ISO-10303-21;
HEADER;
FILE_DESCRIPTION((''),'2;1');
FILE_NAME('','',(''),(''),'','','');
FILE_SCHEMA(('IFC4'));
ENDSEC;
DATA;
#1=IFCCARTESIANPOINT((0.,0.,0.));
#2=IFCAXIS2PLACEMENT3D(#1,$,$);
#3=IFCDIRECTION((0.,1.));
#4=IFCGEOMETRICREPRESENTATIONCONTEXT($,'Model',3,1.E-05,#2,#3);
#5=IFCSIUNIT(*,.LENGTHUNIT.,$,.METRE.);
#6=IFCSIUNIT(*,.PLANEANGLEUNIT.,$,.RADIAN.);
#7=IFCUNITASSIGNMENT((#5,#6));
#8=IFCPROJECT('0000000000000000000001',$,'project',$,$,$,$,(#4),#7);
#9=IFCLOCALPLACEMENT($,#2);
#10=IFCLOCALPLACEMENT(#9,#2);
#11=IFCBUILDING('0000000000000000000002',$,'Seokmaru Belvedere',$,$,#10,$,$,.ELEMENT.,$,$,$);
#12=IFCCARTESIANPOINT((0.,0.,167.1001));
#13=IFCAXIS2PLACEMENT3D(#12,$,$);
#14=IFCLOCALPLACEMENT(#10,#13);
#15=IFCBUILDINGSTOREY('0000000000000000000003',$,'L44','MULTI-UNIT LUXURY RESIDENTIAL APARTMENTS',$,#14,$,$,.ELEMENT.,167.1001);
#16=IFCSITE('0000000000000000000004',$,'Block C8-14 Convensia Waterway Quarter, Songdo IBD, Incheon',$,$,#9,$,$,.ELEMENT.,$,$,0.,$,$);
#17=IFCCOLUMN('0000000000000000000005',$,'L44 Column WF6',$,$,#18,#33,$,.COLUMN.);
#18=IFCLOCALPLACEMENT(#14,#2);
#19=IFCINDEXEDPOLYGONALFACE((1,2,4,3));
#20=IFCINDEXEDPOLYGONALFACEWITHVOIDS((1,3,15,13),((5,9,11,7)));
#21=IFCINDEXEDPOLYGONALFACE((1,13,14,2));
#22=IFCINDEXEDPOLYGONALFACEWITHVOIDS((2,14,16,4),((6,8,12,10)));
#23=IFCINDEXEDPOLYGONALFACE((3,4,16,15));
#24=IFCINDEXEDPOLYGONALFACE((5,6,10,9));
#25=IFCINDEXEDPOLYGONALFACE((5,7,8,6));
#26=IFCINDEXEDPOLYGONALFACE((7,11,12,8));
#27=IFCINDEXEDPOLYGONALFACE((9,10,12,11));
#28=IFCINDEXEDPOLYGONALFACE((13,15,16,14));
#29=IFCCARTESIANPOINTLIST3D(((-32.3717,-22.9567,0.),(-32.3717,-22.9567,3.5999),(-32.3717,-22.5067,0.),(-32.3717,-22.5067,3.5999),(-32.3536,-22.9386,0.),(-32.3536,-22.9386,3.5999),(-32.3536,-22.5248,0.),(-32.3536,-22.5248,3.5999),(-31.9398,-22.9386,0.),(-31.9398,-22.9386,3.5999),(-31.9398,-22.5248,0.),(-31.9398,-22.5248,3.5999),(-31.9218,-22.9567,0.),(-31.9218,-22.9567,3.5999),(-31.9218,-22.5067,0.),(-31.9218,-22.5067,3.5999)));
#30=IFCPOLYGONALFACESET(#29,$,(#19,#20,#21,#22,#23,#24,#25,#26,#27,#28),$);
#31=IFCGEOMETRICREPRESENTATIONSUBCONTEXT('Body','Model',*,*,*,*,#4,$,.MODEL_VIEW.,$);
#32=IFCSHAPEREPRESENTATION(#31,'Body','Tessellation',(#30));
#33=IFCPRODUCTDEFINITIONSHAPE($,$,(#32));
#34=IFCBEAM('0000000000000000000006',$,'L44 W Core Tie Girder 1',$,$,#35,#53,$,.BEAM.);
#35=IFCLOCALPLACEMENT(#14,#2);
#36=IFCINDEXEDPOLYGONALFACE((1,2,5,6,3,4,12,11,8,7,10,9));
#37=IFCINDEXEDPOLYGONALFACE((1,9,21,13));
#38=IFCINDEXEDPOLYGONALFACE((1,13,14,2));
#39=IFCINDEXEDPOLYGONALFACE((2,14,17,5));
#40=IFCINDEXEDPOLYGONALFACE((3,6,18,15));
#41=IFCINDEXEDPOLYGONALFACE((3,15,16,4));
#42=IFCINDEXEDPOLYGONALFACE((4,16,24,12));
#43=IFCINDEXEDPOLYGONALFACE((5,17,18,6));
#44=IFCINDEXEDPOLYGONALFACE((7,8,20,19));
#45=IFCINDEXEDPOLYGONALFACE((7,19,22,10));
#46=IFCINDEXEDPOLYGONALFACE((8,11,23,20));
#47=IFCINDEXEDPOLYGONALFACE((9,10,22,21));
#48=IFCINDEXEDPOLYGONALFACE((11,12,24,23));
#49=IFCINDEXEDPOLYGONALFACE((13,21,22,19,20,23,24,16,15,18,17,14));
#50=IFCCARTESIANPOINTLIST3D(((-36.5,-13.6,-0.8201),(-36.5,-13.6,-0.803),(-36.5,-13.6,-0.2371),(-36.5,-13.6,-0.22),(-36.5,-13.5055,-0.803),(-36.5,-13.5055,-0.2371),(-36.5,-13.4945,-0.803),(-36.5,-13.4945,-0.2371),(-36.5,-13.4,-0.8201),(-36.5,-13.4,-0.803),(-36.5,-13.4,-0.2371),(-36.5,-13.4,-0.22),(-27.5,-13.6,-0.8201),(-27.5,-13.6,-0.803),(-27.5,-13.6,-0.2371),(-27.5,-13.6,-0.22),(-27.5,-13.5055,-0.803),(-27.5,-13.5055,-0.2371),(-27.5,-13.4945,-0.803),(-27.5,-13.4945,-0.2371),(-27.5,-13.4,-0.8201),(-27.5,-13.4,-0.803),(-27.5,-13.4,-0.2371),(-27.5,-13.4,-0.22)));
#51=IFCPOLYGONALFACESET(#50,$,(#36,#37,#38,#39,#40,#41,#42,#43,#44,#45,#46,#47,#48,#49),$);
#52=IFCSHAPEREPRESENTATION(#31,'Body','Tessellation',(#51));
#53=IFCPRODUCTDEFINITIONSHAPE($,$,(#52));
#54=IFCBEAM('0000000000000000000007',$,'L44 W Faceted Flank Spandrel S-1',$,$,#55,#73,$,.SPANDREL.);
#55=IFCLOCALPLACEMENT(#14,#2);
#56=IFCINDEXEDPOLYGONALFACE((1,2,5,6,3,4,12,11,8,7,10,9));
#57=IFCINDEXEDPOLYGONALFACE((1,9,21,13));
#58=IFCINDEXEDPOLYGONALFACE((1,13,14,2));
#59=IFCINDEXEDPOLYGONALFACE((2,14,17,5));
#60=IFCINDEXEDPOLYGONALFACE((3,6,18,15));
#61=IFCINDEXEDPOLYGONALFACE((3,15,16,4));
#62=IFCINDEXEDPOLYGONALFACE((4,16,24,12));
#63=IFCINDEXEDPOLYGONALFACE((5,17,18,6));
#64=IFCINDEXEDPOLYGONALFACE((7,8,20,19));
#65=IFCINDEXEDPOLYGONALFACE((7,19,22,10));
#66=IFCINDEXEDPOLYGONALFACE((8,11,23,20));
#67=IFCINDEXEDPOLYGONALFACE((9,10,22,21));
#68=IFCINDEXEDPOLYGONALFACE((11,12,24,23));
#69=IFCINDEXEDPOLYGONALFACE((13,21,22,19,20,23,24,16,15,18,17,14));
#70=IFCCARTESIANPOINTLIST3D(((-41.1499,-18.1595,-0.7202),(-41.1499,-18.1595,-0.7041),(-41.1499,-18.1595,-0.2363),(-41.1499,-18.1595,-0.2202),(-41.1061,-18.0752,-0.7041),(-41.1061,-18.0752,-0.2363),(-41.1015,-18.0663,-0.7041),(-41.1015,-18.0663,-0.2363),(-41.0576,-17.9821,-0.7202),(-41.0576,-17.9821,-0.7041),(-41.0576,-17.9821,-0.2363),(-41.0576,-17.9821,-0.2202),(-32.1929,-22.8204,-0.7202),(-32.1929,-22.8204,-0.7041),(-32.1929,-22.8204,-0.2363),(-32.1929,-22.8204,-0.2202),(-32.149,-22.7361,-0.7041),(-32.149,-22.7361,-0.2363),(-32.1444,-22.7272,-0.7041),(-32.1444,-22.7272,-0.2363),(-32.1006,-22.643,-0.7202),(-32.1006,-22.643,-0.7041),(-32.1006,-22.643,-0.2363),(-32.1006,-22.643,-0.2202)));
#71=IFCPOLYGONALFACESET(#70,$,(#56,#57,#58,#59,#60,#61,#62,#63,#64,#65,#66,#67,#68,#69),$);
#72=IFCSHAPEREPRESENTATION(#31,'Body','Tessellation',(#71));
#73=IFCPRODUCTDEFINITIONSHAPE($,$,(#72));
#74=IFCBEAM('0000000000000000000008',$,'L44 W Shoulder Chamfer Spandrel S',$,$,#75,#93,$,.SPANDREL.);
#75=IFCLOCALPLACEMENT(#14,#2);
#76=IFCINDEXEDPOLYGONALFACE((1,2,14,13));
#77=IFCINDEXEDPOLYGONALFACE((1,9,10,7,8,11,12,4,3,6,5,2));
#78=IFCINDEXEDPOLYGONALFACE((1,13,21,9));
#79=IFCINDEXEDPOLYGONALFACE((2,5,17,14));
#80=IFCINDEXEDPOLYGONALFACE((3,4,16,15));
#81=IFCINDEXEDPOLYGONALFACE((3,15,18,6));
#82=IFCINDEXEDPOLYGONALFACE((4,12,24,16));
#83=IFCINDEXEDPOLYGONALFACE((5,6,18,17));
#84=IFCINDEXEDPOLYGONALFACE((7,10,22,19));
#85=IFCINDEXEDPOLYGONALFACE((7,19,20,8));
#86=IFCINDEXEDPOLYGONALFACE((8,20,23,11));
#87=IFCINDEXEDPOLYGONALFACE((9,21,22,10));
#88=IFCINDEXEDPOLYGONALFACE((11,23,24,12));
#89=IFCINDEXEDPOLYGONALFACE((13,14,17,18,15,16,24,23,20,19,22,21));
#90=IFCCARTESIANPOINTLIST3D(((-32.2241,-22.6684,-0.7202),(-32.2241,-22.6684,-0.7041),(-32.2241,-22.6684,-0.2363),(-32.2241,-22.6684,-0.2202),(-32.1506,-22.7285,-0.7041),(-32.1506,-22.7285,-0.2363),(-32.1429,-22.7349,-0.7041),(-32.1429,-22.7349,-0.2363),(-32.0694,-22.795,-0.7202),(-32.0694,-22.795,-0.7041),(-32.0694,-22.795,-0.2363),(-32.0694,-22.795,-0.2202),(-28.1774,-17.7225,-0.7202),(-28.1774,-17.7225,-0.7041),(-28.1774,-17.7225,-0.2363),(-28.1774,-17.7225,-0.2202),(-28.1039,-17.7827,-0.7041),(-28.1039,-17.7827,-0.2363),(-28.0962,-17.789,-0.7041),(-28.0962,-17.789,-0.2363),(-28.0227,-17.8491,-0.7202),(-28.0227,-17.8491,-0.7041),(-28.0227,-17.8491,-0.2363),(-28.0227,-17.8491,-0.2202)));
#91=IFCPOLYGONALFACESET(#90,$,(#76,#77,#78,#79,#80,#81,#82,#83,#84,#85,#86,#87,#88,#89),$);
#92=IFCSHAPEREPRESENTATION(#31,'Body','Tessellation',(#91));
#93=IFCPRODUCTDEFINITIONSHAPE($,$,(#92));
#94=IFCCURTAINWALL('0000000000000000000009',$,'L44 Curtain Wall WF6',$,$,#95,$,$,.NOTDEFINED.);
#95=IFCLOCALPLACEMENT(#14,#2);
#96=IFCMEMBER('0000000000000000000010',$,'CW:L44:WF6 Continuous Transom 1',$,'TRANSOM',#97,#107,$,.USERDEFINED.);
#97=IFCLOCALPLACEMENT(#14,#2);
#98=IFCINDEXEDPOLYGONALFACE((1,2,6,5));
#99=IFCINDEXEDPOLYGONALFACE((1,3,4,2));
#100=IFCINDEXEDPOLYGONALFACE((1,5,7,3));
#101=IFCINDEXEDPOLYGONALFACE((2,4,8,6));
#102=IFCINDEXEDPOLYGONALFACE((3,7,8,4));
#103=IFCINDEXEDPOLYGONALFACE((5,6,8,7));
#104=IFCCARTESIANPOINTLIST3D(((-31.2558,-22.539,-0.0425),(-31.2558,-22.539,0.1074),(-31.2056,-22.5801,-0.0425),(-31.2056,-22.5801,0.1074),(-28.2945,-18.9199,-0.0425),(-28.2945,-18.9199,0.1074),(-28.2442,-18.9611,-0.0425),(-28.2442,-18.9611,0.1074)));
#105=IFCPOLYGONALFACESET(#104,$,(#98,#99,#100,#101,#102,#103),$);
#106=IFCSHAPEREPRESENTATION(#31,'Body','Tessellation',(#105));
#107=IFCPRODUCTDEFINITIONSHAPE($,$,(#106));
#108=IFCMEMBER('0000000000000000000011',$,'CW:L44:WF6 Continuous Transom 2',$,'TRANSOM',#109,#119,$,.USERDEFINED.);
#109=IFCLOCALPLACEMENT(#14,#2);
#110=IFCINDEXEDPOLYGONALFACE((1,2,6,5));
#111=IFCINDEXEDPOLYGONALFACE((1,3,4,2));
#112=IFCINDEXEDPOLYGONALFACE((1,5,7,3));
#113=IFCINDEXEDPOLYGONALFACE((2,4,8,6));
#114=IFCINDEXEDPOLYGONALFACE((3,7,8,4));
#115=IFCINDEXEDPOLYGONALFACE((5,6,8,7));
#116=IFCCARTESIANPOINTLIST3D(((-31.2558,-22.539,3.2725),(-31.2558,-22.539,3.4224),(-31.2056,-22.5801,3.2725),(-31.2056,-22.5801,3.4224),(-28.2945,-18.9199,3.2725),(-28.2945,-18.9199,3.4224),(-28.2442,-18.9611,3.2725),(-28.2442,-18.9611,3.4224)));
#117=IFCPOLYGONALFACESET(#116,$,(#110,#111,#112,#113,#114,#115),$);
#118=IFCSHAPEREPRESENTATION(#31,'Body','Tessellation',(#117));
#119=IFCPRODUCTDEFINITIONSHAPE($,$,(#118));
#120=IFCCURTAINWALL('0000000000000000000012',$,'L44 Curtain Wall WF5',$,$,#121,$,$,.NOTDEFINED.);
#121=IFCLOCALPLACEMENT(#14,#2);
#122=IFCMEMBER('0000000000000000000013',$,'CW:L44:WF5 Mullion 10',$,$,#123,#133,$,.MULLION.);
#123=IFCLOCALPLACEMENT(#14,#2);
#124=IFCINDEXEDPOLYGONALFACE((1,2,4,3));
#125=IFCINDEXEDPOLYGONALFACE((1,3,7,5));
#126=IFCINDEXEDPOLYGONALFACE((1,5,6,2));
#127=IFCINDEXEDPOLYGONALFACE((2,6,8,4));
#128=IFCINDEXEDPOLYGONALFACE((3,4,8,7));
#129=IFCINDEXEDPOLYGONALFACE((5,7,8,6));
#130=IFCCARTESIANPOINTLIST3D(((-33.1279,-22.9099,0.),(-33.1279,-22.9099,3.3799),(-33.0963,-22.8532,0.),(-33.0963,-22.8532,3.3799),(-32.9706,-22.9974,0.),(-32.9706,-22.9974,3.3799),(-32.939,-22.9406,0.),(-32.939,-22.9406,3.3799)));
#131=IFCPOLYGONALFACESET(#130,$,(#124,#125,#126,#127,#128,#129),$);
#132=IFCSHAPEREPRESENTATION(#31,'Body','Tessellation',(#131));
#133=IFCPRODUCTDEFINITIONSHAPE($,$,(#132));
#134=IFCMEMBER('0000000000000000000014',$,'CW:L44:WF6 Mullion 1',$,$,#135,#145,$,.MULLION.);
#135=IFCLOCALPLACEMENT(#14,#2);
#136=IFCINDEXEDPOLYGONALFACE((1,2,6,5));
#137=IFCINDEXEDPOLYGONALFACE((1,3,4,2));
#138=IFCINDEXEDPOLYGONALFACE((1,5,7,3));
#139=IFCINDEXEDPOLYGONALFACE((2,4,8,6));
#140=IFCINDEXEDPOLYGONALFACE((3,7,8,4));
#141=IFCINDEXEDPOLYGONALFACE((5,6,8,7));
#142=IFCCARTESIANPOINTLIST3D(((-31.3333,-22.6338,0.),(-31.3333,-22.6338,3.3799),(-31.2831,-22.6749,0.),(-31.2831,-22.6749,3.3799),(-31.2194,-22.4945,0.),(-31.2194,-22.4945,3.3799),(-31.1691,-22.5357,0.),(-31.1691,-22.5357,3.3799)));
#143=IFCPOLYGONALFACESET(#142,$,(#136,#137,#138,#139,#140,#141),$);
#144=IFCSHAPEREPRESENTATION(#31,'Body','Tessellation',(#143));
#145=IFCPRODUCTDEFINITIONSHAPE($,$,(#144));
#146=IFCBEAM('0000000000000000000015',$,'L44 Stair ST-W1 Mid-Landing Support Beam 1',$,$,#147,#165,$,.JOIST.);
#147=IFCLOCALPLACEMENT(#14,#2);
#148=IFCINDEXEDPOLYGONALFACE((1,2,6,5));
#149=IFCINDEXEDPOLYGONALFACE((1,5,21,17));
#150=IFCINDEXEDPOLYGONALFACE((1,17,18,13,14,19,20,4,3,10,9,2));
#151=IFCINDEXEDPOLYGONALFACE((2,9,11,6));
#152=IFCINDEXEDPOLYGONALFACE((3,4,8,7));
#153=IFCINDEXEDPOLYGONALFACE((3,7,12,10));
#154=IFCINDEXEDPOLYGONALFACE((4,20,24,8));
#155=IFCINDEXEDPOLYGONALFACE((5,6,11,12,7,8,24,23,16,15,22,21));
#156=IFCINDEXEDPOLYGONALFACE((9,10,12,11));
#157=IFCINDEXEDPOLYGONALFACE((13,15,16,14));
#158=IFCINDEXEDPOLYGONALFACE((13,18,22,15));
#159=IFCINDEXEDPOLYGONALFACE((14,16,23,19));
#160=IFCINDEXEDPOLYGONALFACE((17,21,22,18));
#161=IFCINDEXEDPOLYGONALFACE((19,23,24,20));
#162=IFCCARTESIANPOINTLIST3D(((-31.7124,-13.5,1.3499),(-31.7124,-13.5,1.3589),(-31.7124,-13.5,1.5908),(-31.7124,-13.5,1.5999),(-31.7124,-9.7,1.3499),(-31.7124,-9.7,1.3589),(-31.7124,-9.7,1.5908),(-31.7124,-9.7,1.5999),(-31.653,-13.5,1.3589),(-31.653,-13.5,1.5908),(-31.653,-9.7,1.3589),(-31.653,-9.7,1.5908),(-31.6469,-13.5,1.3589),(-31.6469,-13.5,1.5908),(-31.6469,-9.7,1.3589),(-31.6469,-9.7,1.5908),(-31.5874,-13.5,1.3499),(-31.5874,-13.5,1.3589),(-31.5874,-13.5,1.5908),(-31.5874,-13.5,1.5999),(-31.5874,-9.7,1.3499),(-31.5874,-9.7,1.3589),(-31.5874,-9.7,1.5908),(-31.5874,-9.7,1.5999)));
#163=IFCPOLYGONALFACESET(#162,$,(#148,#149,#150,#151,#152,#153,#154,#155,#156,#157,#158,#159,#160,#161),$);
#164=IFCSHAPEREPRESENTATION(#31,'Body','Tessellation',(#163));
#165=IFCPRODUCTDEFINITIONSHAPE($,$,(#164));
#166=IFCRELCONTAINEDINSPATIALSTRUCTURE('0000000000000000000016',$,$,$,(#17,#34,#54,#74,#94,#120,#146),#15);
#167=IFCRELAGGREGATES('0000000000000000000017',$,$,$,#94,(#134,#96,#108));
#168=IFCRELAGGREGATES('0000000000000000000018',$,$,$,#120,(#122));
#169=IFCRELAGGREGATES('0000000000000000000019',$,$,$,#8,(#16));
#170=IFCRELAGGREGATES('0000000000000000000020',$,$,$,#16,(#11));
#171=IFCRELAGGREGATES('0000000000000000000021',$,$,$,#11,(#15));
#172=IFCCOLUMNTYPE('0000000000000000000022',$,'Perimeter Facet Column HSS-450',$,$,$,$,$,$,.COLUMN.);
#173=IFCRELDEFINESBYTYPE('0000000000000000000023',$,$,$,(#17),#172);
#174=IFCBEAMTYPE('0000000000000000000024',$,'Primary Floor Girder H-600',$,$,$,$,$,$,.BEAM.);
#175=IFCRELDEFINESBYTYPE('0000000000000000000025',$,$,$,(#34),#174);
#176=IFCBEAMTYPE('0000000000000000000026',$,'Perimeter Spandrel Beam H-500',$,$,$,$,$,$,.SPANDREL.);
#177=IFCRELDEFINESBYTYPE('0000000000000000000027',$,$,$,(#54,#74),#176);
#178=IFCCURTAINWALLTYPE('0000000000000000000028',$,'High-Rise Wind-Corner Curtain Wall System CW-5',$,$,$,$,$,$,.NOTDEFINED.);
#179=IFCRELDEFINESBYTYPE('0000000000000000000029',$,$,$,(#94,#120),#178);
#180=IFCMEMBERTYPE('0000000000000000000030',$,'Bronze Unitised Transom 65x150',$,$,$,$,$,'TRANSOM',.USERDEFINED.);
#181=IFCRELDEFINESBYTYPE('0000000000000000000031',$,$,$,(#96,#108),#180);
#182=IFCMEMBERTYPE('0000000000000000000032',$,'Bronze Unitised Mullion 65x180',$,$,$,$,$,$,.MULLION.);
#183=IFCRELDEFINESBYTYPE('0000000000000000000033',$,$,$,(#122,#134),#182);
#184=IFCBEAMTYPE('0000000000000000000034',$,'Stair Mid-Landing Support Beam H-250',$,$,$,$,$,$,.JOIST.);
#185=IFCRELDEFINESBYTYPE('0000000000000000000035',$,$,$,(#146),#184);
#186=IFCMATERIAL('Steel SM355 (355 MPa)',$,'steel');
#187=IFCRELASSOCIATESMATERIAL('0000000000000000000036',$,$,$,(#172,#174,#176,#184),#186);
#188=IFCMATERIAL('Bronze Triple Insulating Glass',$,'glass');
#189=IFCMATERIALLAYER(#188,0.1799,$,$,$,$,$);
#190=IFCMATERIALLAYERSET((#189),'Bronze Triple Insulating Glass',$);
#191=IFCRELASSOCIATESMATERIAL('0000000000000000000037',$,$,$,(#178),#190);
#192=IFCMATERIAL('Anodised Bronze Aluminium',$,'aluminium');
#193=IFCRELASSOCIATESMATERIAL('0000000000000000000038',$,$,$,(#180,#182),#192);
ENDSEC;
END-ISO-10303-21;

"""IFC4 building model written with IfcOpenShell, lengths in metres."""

from ifc_helpers import new_model, si_unit, direction, frame, origin, origin_2d, place, context, subcontext, project, spatial, rectangle, hollow_rectangle, i_section, extrude, source, transform, mapped, material, layer, layer_set, material_profile, profile_set, type_object, type_shapes, element, aggregate, save


model = new_model("IFC4")

# Units and contexts
model_context = context("Model", 3, precision=1e-05, world=origin(), true_north=direction((0.0, 1.0)))
body_context = subcontext(model_context, "Body", "Model", "MODEL_VIEW")
ifc_project = project(units=[si_unit("LENGTHUNIT", "METRE"), si_unit("PLANEANGLEUNIT", "RADIAN")], contexts=[model_context])

# Site, building, storey
site_placement = place(None, origin())
site = spatial("IfcSite", under=ifc_project, at=site_placement, Name="Block C8-14 Convensia Waterway Quarter, Songdo IBD, Incheon", CompositionType="ELEMENT", RefElevation=0.0)
building_placement = place(site_placement, origin())
building = spatial("IfcBuilding", under=site, at=building_placement, Name="Seokmaru Belvedere", CompositionType="ELEMENT")
storey_placement = place(building_placement, frame((0.0, 0.0, 167.1001)))
storey = spatial("IfcBuildingStorey", under=building, at=storey_placement, Name="L44", Description="MULTI-UNIT LUXURY RESIDENTIAL APARTMENTS", CompositionType="ELEMENT", Elevation=167.1001)

# Column
ifc_material_1 = material(Name="Steel SM355 (355 MPa)", Category="steel")
ifc_material_profile_1 = material_profile(ifc_material_1, hollow_rectangle(XDim=0.45, YDim=0.45, WallThickness=0.0181, at=origin_2d()), Name="HSS-450x450x18")
ifc_profile_set_1 = profile_set([ifc_material_profile_1], Name="Steel SM355 (355 MPa)")
column_type = type_object("IfcColumnType", Name="Perimeter Facet Column HSS-450", PredefinedType="COLUMN", material=ifc_profile_set_1)
shared_shape_1 = source(origin(), body_context, "Body", "SweptSolid", [
    extrude(hollow_rectangle(XDim=0.45, YDim=0.45, WallThickness=0.0181, at=origin_2d()), origin(), (0.0, 0.0, 1.0), 3.5999),
])
type_shapes(column_type, [shared_shape_1])
column_placement = place(storey_placement, frame((-32.1467, -22.7317, 0.0), z_axis=(0.0, 0.0, 1.0), x_axis=(1.0, 0.0, 0.0)))
element("IfcColumn", 1, at=column_placement, inside=storey, type_object=column_type, Name="L44 Column WF6", PredefinedType="COLUMN", context=body_context, shape_type="MappedRepresentation", body=[
    mapped(shared_shape_1, transform((0.0, 0.0, 0.0), scale=1.0)),
])

# Beams
ifc_material_profile_2 = material_profile(ifc_material_1, i_section(OverallWidth=0.2, OverallDepth=0.6001, WebThickness=0.011, FlangeThickness=0.0171, at=origin_2d()), Name="H-600x200x11x17")
ifc_profile_set_2 = profile_set([ifc_material_profile_2], Name="Steel SM355 (355 MPa)")
beam_type_1 = type_object("IfcBeamType", Name="Primary Floor Girder H-600", PredefinedType="BEAM", material=ifc_profile_set_2)
shared_shape_2 = source(origin(), body_context, "Body", "SweptSolid", [
    extrude(i_section(OverallWidth=0.2, OverallDepth=0.6001, WebThickness=0.011, FlangeThickness=0.0171, at=origin_2d()), origin(), (0.0, 0.0, 1.0), 9.0),
])
type_shapes(beam_type_1, [shared_shape_2])
beam_1_placement = place(storey_placement, frame((-36.5, -13.5, -0.52), z_axis=(1.0, 0.0, 0.0), x_axis=(0.0, 1.0, 0.0)))
element("IfcBeam", 2, at=beam_1_placement, inside=storey, type_object=beam_type_1, Name="L44 W Core Tie Girder 1", PredefinedType="BEAM", context=body_context, shape_type="MappedRepresentation", body=[
    mapped(shared_shape_2, transform((0.0, 0.0, 0.0), scale=1.0)),
])
ifc_material_profile_3 = material_profile(ifc_material_1, i_section(OverallWidth=0.2, OverallDepth=0.5, WebThickness=0.01, FlangeThickness=0.0161, at=origin_2d()), Name="H-500x200x10x16")
ifc_profile_set_3 = profile_set([ifc_material_profile_3], Name="Steel SM355 (355 MPa)")
beam_type_2 = type_object("IfcBeamType", Name="Perimeter Spandrel Beam H-500", PredefinedType="SPANDREL", material=ifc_profile_set_3)
shared_shape_3 = source(origin(), body_context, "Body", "SweptSolid", [
    extrude(i_section(OverallWidth=0.2, OverallDepth=0.5, WebThickness=0.01, FlangeThickness=0.0161, at=origin_2d()), origin(), (0.0, 0.0, 1.0), 10.0972),
])
beam_2_placement = place(storey_placement, frame((-32.1467, -22.7317, -0.4702), z_axis=(-0.887086, 0.461605, 0.0), x_axis=(-0.461605, -0.887086, 0.0)))
element("IfcBeam", 3, at=beam_2_placement, inside=storey, type_object=beam_type_2, Name="L44 W Faceted Flank Spandrel S-1", PredefinedType="SPANDREL", context=body_context, shape_type="MappedRepresentation", body=[
    mapped(shared_shape_3, transform((0.0, 0.0, 0.0), scale=1.0)),
])
shared_shape_4 = source(origin(), body_context, "Body", "SweptSolid", [
    extrude(i_section(OverallWidth=0.2, OverallDepth=0.5, WebThickness=0.01, FlangeThickness=0.0161, at=origin_2d()), origin(), (0.0, 0.0, 1.0), 6.3904),
])
type_shapes(beam_type_2, [shared_shape_3, shared_shape_4])
beam_3_placement = place(storey_placement, frame((-32.1467, -22.7317, -0.4702), z_axis=(0.633244, 0.773952, 0.0), x_axis=(-0.773952, 0.633244, 0.0)))
element("IfcBeam", 4, at=beam_3_placement, inside=storey, type_object=beam_type_2, Name="L44 W Shoulder Chamfer Spandrel S", PredefinedType="SPANDREL", context=body_context, shape_type="MappedRepresentation", body=[
    mapped(shared_shape_4, transform((0.0, 0.0, 0.0), scale=1.0)),
])

# Curtain wall, members
ifc_material_2 = material(Name="Bronze Triple Insulating Glass", Category="glass")
ifc_layer_1 = layer(ifc_material_2, 0.1799)
ifc_layer_set_1 = layer_set([ifc_layer_1], Name="Bronze Triple Insulating Glass")
curtain_wall_type = type_object("IfcCurtainWallType", Name="High-Rise Wind-Corner Curtain Wall System CW-5", PredefinedType="NOTDEFINED", material=ifc_layer_set_1)
curtain_wall_1_placement = place(storey_placement, origin())
curtain_wall_1 = element("IfcCurtainWall", 5, at=curtain_wall_1_placement, inside=storey, type_object=curtain_wall_type, Name="L44 Curtain Wall WF6", PredefinedType="NOTDEFINED")
ifc_material_3 = material(Name="Anodised Bronze Aluminium", Category="aluminium")
ifc_material_profile_4 = material_profile(ifc_material_3, rectangle(XDim=0.0649, YDim=0.1499, at=origin_2d()), Name="CW-T-65x150")
ifc_profile_set_4 = profile_set([ifc_material_profile_4], Name="Anodised Bronze Aluminium")
member_type_1 = type_object("IfcMemberType", Name="Bronze Unitised Transom 65x150", ElementType="TRANSOM", PredefinedType="USERDEFINED", material=ifc_profile_set_4)
shared_shape_5 = source(origin(), body_context, "Body", "SweptSolid", [
    extrude(rectangle(XDim=0.0649, YDim=0.1499, at=origin_2d()), origin(), (0.0, 0.0, 1.0), 4.6763),
])
type_shapes(member_type_1, [shared_shape_5])
member_1_placement = place(storey_placement, frame((-31.2307, -22.5596, 0.0325), z_axis=(0.633278, 0.773925, 0.0), x_axis=(-0.773925, 0.633278, 0.0)))
member_1 = element("IfcMember", 6, at=member_1_placement, type_object=member_type_1, Name="CW:L44:WF6 Continuous Transom 1", ObjectType="TRANSOM", PredefinedType="USERDEFINED", context=body_context, shape_type="MappedRepresentation", body=[
    mapped(shared_shape_5, transform((0.0, 0.0, 0.0), scale=1.0)),
])
member_2_placement = place(storey_placement, frame((-31.2307, -22.5596, 3.3474), z_axis=(0.633278, 0.773925, 0.0), x_axis=(-0.773925, 0.633278, 0.0)))
member_2 = element("IfcMember", 7, at=member_2_placement, type_object=member_type_1, Name="CW:L44:WF6 Continuous Transom 2", ObjectType="TRANSOM", PredefinedType="USERDEFINED", context=body_context, shape_type="MappedRepresentation", body=[
    mapped(shared_shape_5, transform((0.0, 0.0, 0.0), scale=1.0)),
])

# Curtain wall, member
curtain_wall_2_placement = place(storey_placement, origin())
curtain_wall_2 = element("IfcCurtainWall", 8, at=curtain_wall_2_placement, inside=storey, type_object=curtain_wall_type, Name="L44 Curtain Wall WF5", PredefinedType="NOTDEFINED")
ifc_material_profile_5 = material_profile(ifc_material_3, rectangle(XDim=0.0649, YDim=0.1799, at=origin_2d()), Name="CW-M-65x180")
ifc_profile_set_5 = profile_set([ifc_material_profile_5], Name="Anodised Bronze Aluminium")
member_type_2 = type_object("IfcMemberType", Name="Bronze Unitised Mullion 65x180", PredefinedType="MULLION", material=ifc_profile_set_5)
shared_shape_6 = source(origin(), body_context, "Body", "SweptSolid", [
    extrude(rectangle(XDim=0.0649, YDim=0.1799, at=origin_2d()), origin(), (0.0, 0.0, 1.0), 3.3799),
])
type_shapes(member_type_2, [shared_shape_6])
member_3_placement = place(storey_placement, frame((-33.0334, -22.9253, 0.0), z_axis=(0.0, 0.0, 1.0), x_axis=(0.486047, 0.873933, 0.0)))
member_3 = element("IfcMember", 9, at=member_3_placement, type_object=member_type_2, Name="CW:L44:WF5 Mullion 10", PredefinedType="MULLION", context=body_context, shape_type="MappedRepresentation", body=[
    mapped(shared_shape_6, transform((0.0, 0.0, 0.0), scale=1.0)),
])

# Member
member_4_placement = place(storey_placement, frame((-31.2512, -22.5847, 0.0), z_axis=(0.0, 0.0, 1.0), x_axis=(-0.773944, 0.633254, 0.0)))
member_4 = element("IfcMember", 10, at=member_4_placement, type_object=member_type_2, Name="CW:L44:WF6 Mullion 1", PredefinedType="MULLION", context=body_context, shape_type="MappedRepresentation", body=[
    mapped(shared_shape_6, transform((0.0, 0.0, 0.0), scale=1.0)),
])
aggregate(curtain_wall_1, [member_4, member_1, member_2])

# Beam
ifc_material_profile_6 = material_profile(ifc_material_1, i_section(OverallWidth=0.125, OverallDepth=0.25, WebThickness=0.0061, FlangeThickness=0.009, at=origin_2d()), Name="H-250x125x6x9")
ifc_profile_set_6 = profile_set([ifc_material_profile_6], Name="Steel SM355 (355 MPa)")
beam_type_3 = type_object("IfcBeamType", Name="Stair Mid-Landing Support Beam H-250", PredefinedType="JOIST", material=ifc_profile_set_6)
shared_shape_7 = source(origin(), body_context, "Body", "SweptSolid", [
    extrude(i_section(OverallWidth=0.125, OverallDepth=0.25, WebThickness=0.0061, FlangeThickness=0.009, at=origin_2d()), origin(), (0.0, 0.0, 1.0), 3.8),
])
type_shapes(beam_type_3, [shared_shape_7])
beam_4_placement = place(storey_placement, frame((-31.6499, -13.5, 1.4749), z_axis=(0.0, 1.0, 0.0), x_axis=(-1.0, 0.0, 0.0)))
element("IfcBeam", 11, at=beam_4_placement, inside=storey, type_object=beam_type_3, Name="L44 Stair ST-W1 Mid-Landing Support Beam 1", PredefinedType="JOIST", context=body_context, shape_type="MappedRepresentation", body=[
    mapped(shared_shape_7, transform((0.0, 0.0, 0.0), scale=1.0)),
])

aggregate(curtain_wall_2, [member_3])

save(model, "model.ifc")
